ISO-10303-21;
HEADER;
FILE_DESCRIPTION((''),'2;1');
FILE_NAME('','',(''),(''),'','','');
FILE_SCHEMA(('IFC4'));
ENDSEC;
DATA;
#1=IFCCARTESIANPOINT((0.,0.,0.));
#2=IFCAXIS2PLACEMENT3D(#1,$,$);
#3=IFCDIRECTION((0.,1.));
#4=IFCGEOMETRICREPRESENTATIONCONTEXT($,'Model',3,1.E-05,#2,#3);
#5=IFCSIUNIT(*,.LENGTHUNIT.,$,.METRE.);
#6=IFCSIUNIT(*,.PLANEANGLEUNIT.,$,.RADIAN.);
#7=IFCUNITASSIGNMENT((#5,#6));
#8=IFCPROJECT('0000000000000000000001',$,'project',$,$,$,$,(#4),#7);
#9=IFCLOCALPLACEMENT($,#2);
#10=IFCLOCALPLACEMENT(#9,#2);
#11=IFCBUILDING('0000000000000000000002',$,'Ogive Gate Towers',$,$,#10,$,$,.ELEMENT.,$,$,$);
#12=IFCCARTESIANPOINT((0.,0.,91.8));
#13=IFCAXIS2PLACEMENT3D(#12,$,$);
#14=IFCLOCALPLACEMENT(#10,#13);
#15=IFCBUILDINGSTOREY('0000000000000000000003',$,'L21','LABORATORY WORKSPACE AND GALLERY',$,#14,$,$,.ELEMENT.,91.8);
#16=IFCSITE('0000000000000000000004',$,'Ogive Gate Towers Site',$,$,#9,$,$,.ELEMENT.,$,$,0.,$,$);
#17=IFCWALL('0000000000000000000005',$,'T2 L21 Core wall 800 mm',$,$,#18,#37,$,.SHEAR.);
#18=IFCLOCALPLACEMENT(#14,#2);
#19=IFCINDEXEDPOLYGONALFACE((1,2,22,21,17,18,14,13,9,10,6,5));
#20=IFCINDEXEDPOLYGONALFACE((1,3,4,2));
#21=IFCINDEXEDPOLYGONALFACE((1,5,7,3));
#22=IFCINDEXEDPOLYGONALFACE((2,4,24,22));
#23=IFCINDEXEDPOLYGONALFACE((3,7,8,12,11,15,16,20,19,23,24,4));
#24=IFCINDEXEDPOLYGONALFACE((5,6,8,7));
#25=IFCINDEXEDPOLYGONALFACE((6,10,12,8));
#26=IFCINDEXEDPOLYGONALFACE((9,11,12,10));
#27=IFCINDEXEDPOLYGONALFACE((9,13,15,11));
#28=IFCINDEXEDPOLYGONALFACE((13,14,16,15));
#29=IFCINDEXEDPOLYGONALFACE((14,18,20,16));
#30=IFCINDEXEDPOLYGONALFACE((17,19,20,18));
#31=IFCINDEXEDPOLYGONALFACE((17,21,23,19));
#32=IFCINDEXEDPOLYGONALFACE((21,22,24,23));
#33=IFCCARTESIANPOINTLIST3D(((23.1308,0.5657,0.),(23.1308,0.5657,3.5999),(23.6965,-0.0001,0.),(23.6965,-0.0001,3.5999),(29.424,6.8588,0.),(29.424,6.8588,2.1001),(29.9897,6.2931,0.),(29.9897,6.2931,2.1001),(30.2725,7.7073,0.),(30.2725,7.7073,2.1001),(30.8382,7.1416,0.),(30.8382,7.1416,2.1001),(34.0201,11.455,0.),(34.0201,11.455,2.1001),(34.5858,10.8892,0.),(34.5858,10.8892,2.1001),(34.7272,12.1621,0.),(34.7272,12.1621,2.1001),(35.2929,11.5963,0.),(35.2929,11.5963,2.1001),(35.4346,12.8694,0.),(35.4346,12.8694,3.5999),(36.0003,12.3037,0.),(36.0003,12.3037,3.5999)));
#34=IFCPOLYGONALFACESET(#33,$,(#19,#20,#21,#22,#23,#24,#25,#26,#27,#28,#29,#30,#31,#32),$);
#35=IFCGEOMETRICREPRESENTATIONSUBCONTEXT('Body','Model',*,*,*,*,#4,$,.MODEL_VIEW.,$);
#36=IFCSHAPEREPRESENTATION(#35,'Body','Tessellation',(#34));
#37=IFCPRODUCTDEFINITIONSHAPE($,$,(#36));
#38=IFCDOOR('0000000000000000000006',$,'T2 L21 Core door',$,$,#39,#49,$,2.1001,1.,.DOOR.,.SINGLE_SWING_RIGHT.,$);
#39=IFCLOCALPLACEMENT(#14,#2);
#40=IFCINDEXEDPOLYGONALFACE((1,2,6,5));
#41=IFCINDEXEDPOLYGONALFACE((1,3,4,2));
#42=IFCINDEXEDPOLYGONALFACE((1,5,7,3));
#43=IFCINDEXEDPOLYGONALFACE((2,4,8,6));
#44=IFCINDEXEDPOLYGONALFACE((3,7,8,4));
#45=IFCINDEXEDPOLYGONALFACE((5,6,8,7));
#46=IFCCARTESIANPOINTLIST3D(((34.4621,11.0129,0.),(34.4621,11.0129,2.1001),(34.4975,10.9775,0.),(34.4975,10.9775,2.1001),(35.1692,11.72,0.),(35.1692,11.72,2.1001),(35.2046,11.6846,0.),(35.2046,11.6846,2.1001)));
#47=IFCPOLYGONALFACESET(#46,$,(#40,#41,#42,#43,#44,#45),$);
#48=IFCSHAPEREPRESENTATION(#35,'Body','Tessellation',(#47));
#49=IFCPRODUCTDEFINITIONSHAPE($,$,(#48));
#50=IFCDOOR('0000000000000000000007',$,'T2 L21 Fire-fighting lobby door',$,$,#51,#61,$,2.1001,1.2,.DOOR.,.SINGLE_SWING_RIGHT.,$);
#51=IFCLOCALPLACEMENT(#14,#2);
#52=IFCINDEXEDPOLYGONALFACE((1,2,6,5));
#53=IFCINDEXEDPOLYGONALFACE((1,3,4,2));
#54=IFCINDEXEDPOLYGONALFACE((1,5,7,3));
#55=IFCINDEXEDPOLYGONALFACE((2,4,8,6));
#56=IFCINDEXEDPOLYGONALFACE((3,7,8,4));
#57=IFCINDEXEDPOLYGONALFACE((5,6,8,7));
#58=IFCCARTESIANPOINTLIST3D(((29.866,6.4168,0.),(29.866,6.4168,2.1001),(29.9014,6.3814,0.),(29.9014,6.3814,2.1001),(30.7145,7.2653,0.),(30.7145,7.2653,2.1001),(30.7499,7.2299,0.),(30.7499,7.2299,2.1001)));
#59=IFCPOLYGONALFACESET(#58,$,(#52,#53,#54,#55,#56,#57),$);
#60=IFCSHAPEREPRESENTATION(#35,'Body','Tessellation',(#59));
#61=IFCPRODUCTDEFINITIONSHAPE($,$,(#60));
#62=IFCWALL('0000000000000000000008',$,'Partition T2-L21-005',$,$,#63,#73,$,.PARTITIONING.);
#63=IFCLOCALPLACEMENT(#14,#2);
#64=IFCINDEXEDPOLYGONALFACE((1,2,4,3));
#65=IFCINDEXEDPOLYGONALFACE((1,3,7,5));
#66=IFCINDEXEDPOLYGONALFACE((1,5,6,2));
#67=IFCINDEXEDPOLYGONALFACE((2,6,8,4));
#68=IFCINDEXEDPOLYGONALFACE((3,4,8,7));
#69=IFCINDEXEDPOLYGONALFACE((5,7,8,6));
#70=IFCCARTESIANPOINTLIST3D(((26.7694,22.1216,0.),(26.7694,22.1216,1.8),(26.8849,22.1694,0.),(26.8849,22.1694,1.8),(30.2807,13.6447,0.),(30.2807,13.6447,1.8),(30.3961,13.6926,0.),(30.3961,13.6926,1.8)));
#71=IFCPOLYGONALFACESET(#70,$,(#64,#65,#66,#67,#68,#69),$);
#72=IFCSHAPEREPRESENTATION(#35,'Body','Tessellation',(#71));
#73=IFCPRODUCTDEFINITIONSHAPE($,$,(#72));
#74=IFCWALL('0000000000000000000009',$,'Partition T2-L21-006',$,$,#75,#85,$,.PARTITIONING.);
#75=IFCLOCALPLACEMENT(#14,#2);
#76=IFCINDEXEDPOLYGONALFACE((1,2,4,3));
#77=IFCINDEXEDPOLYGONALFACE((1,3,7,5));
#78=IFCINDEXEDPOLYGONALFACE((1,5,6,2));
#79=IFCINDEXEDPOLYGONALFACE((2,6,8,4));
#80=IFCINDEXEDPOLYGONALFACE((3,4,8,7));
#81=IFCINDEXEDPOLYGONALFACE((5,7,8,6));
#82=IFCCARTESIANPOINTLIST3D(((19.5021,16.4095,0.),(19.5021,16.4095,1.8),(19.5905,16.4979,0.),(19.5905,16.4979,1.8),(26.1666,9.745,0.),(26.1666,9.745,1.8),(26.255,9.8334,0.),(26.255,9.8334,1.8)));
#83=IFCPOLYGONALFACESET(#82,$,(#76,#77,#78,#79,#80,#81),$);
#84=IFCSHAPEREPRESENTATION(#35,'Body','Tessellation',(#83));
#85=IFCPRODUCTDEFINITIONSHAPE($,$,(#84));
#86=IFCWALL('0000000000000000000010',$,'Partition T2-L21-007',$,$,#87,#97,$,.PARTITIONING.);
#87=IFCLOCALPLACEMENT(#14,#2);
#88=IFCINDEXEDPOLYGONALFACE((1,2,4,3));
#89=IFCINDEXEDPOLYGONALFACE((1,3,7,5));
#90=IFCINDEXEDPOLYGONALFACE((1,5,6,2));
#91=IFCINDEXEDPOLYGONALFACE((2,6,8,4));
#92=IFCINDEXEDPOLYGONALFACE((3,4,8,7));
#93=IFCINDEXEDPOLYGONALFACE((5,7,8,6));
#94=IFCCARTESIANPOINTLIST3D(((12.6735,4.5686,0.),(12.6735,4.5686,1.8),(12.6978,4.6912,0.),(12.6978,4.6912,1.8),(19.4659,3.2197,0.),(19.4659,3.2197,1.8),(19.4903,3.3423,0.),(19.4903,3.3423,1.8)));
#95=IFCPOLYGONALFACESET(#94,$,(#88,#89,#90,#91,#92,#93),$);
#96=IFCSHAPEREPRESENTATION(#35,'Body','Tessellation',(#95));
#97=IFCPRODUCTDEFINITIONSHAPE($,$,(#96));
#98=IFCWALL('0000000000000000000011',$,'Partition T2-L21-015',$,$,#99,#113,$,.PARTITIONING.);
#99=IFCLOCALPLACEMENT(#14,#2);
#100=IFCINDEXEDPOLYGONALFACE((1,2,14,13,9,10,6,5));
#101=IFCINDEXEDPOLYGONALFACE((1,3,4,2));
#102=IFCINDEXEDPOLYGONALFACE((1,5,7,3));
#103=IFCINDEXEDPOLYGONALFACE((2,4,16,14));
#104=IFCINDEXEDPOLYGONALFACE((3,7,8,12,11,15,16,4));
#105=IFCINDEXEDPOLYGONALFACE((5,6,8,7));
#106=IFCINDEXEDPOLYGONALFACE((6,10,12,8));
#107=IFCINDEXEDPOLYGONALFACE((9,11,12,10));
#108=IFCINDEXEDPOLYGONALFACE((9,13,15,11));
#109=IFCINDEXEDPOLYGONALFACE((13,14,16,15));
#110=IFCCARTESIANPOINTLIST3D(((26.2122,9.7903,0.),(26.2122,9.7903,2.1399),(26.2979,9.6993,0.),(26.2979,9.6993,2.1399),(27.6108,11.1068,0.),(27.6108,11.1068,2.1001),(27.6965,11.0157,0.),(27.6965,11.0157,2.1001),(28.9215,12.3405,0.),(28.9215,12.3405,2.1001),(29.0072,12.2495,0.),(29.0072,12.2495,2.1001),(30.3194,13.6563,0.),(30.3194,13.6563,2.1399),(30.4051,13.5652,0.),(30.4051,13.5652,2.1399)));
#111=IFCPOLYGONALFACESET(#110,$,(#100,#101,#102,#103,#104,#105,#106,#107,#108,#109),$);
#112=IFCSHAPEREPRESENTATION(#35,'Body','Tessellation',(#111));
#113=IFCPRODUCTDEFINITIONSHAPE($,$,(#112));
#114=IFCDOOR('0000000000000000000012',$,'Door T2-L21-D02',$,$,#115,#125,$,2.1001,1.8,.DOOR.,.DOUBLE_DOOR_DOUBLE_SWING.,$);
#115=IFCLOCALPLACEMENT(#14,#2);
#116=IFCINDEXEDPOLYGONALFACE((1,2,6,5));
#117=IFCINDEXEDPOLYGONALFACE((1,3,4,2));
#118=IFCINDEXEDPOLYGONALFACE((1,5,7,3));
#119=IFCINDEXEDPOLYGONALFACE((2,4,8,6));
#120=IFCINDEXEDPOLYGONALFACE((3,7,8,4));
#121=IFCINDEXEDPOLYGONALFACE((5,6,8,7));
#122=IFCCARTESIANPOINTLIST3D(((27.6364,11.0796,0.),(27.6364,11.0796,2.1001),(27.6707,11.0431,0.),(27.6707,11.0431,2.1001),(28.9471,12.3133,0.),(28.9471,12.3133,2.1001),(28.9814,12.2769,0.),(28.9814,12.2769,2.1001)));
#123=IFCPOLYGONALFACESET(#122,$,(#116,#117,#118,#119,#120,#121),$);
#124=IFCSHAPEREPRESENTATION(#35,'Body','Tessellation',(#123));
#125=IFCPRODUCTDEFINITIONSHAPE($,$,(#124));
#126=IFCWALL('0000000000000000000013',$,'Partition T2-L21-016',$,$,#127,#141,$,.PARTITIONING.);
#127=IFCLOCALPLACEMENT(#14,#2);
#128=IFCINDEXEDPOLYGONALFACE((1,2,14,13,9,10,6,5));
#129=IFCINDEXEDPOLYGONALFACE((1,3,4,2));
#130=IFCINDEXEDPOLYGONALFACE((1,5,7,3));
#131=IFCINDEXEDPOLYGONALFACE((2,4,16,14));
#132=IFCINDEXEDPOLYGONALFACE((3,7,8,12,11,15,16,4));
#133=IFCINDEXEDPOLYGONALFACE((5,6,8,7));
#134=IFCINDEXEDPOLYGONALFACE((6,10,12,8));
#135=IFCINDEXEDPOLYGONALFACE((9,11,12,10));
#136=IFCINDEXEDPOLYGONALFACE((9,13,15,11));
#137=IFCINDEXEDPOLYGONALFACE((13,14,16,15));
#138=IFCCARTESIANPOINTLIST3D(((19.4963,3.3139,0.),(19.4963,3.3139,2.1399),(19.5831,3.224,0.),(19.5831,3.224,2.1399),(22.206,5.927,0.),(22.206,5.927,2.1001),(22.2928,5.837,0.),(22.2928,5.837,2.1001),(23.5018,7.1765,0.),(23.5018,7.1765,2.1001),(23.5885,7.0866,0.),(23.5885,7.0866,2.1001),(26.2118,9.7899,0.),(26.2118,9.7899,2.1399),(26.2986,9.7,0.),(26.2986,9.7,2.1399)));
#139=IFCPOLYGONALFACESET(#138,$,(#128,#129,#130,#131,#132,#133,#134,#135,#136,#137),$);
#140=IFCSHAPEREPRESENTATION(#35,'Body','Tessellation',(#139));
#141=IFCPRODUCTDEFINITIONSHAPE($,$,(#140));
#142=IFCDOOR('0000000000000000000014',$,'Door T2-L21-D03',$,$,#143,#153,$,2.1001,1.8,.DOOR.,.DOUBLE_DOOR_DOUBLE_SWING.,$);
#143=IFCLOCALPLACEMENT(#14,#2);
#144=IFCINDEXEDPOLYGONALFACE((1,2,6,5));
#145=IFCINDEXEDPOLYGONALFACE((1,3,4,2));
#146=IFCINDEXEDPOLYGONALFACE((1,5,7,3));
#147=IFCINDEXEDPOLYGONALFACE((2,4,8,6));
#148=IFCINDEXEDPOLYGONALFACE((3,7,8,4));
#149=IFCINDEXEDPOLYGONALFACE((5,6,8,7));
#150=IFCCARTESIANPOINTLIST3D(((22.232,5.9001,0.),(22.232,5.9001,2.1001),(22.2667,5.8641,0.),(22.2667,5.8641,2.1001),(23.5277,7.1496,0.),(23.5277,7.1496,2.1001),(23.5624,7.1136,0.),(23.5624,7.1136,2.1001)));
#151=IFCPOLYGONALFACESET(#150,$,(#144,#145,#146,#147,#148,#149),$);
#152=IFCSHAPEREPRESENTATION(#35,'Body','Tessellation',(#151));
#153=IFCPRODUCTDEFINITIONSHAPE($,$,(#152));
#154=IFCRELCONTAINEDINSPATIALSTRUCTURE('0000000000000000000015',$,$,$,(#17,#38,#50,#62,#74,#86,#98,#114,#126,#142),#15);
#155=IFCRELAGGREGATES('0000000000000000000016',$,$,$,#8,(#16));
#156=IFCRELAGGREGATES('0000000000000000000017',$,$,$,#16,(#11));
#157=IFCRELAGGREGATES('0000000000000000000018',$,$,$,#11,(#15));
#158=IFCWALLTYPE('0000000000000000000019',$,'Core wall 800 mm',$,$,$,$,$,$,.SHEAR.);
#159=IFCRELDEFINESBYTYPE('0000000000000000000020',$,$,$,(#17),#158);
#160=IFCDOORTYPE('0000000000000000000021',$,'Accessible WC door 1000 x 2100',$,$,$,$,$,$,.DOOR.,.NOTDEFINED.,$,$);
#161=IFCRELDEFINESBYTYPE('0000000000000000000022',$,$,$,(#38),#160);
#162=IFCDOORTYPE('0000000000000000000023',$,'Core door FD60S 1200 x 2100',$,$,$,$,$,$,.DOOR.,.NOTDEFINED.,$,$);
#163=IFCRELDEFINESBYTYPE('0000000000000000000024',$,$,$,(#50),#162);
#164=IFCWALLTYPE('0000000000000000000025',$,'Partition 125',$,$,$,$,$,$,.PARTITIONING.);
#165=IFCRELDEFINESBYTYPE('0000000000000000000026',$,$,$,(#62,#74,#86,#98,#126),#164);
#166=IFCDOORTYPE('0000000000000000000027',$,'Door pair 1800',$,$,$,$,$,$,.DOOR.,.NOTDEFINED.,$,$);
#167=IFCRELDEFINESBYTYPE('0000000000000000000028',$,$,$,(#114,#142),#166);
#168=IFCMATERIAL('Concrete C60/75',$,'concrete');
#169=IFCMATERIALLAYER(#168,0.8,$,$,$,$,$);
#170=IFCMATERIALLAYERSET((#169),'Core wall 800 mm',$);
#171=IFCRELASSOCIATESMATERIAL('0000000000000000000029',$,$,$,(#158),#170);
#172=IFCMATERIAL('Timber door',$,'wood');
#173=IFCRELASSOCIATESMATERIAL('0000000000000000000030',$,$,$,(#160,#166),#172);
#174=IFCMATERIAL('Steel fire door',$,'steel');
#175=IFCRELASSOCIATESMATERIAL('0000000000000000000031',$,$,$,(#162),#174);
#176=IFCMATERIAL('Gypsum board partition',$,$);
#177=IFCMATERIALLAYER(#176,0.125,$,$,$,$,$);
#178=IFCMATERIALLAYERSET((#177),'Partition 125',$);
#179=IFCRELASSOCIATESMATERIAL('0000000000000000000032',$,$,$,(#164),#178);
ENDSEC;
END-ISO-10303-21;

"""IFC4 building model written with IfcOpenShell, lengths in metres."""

from ifc_helpers import new_model, si_unit, direction, frame, frame_2d, origin, place, context, subcontext, project, spatial, rectangle, extrude, material, layer, layer_set, type_object, element, fill, save


model = new_model("IFC4")

# Units and contexts
model_context = context("Model", 3, precision=1e-05, world=origin(), true_north=direction((0.0, 1.0)))
body_context = subcontext(model_context, "Body", "Model", "MODEL_VIEW")
ifc_project = project(units=[si_unit("LENGTHUNIT", "METRE"), si_unit("PLANEANGLEUNIT", "RADIAN")], contexts=[model_context])

# Site, building, storey
site_placement = place(None, origin())
site = spatial("IfcSite", under=ifc_project, at=site_placement, Name="Ogive Gate Towers Site", CompositionType="ELEMENT", RefElevation=0.0)
building_placement = place(site_placement, origin())
building = spatial("IfcBuilding", under=site, at=building_placement, Name="Ogive Gate Towers", CompositionType="ELEMENT")
storey_placement = place(building_placement, frame((0.0, 0.0, 91.8)))
storey = spatial("IfcBuildingStorey", under=building, at=storey_placement, Name="L21", Description="LABORATORY WORKSPACE AND GALLERY", CompositionType="ELEMENT", Elevation=91.8)

# Wall, openings, doors
ifc_material_1 = material(Name="Concrete C60/75", Category="concrete")
ifc_layer_1 = layer(ifc_material_1, 0.8)
ifc_layer_set_1 = layer_set([ifc_layer_1], Name="Core wall 800 mm")
wall_type_1 = type_object("IfcWallType", Name="Core wall 800 mm", PredefinedType="SHEAR", material=ifc_layer_set_1)
wall_1_placement = place(storey_placement, frame((23.4136, 0.2827, 0.0), z_axis=(0.0, 0.0, 1.0), x_axis=(0.707107, 0.707107, 0.0)))
wall_1 = element("IfcWall", 1, at=wall_1_placement, inside=storey, type_object=wall_type_1, Name="T2 L21 Core wall 800 mm", PredefinedType="SHEAR", context=body_context, shape_type="SweptSolid", body=[
    extrude(rectangle(XDim=17.4001, YDim=0.8, at=frame_2d((8.7002, 0.0))), origin(), (0.0, 0.0, 1.0), 3.5999),
])
opening_1_placement = place(wall_1_placement, frame((8.8999, 0.0, 0.0)))
opening_1 = element("IfcOpeningElement", 2, at=opening_1_placement, cuts=wall_1, PredefinedType="OPENING", context=body_context, shape_type="SweptSolid", body=[
    extrude(rectangle(XDim=1.2, YDim=2.1001, at=frame_2d((0.6001, 1.05))), frame((0.0, 0.4102, 0.0), z_axis=(0.0, -1.0, 0.0), x_axis=(1.0, 0.0, 0.0)), (0.0, 0.0, 1.0), 0.8201),
])
opening_2_placement = place(wall_1_placement, frame((15.3999, 0.0, 0.0)))
opening_2 = element("IfcOpeningElement", 3, at=opening_2_placement, cuts=wall_1, PredefinedType="OPENING", context=body_context, shape_type="SweptSolid", body=[
    extrude(rectangle(XDim=1.0, YDim=2.1001, at=frame_2d((0.5, 1.05))), frame((0.0, 0.4102, 0.0), z_axis=(0.0, -1.0, 0.0), x_axis=(1.0, 0.0, 0.0)), (0.0, 0.0, 1.0), 0.8201),
])
ifc_material_2 = material(Name="Timber door", Category="wood")
door_type_1 = type_object("IfcDoorType", Name="Accessible WC door 1000 x 2100", OperationType="NOTDEFINED", PredefinedType="DOOR", material=ifc_material_2)
door_1_placement = place(opening_2_placement, origin())
door_1 = element("IfcDoor", 4, at=door_1_placement, inside=storey, type_object=door_type_1, Name="T2 L21 Core door", OperationType="SINGLE_SWING_RIGHT", OverallHeight=2.1001, OverallWidth=1.0, PredefinedType="DOOR", context=body_context, shape_type="SweptSolid", body=[
    extrude(rectangle(XDim=1.0, YDim=2.1001, at=frame_2d((0.5, 1.05))), frame((0.0, -0.2251, 0.0), z_axis=(0.0, -1.0, 0.0), x_axis=(1.0, 0.0, 0.0)), (0.0, 0.0, 1.0), 0.05),
])
fill(opening_2, door_1)
ifc_material_3 = material(Name="Steel fire door", Category="steel")
door_type_2 = type_object("IfcDoorType", Name="Core door FD60S 1200 x 2100", OperationType="NOTDEFINED", PredefinedType="DOOR", material=ifc_material_3)
door_2_placement = place(opening_1_placement, origin())
door_2 = element("IfcDoor", 5, at=door_2_placement, inside=storey, type_object=door_type_2, Name="T2 L21 Fire-fighting lobby door", OperationType="SINGLE_SWING_RIGHT", OverallHeight=2.1001, OverallWidth=1.2, PredefinedType="DOOR", context=body_context, shape_type="SweptSolid", body=[
    extrude(rectangle(XDim=1.2, YDim=2.1001, at=frame_2d((0.6001, 1.05))), frame((0.0, -0.2251, 0.0), z_axis=(0.0, -1.0, 0.0), x_axis=(1.0, 0.0, 0.0)), (0.0, 0.0, 1.0), 0.05),
])
fill(opening_1, door_2)

# Walls
ifc_material_4 = material(Name="Gypsum board partition")
ifc_layer_2 = layer(ifc_material_4, 0.125)
ifc_layer_set_2 = layer_set([ifc_layer_2], Name="Partition 125")
wall_type_2 = type_object("IfcWallType", Name="Partition 125", PredefinedType="PARTITIONING", material=ifc_layer_set_2)
wall_2_placement = place(storey_placement, frame((26.8271, 22.1455, 0.0), z_axis=(0.0, 0.0, 1.0), x_axis=(0.382685, -0.923879, 0.0)))
element("IfcWall", 6, at=wall_2_placement, inside=storey, type_object=wall_type_2, Name="Partition T2-L21-005", PredefinedType="PARTITIONING", context=body_context, shape_type="SweptSolid", body=[
    extrude(rectangle(XDim=9.1753, YDim=0.125, at=frame_2d((4.5876, 0.0))), origin(), (0.0, 0.0, 1.0), 1.8),
])
wall_3_placement = place(storey_placement, frame((19.5464, 16.4536, 0.0), z_axis=(0.0, 0.0, 1.0), x_axis=(0.707107, -0.707107, 0.0)))
element("IfcWall", 7, at=wall_3_placement, inside=storey, type_object=wall_type_2, Name="Partition T2-L21-006", PredefinedType="PARTITIONING", context=body_context, shape_type="SweptSolid", body=[
    extrude(rectangle(XDim=9.425, YDim=0.125, at=frame_2d((4.7124, 0.0))), origin(), (0.0, 0.0, 1.0), 1.8),
])
wall_4_placement = place(storey_placement, frame((12.6858, 4.6299, 0.0), z_axis=(0.0, 0.0, 1.0), x_axis=(0.980847, -0.19478, 0.0)))
element("IfcWall", 8, at=wall_4_placement, inside=storey, type_object=wall_type_2, Name="Partition T2-L21-007", PredefinedType="PARTITIONING", context=body_context, shape_type="SweptSolid", body=[
    extrude(rectangle(XDim=6.925, YDim=0.125, at=frame_2d((3.4624, 0.0))), origin(), (0.0, 0.0, 1.0), 1.8),
])

# Walls, openings, doors
wall_5_placement = place(storey_placement, frame((30.3623, 13.6108, 0.0), z_axis=(0.0, 0.0, 1.0), x_axis=(-0.728166, -0.685401, 0.0)))
wall_5 = element("IfcWall", 9, at=wall_5_placement, inside=storey, type_object=wall_type_2, Name="Partition T2-L21-015", PredefinedType="PARTITIONING", context=body_context, shape_type="SweptSolid", body=[
    extrude(rectangle(XDim=5.6404, YDim=0.125, at=frame_2d((2.8203, 0.0))), origin(), (0.0, 0.0, 1.0), 2.1399),
])
opening_3_placement = place(wall_5_placement, frame((1.9199, 0.0, 0.0)))
opening_3 = element("IfcOpeningElement", 10, at=opening_3_placement, cuts=wall_5, PredefinedType="OPENING", context=body_context, shape_type="SweptSolid", body=[
    extrude(rectangle(XDim=1.8, YDim=2.1001, at=frame_2d((0.8999, 1.05))), frame((0.0, 0.0725, 0.0), z_axis=(0.0, -1.0, 0.0), x_axis=(1.0, 0.0, 0.0)), (0.0, 0.0, 1.0), 0.145),
])
door_type_3 = type_object("IfcDoorType", Name="Door pair 1800", OperationType="NOTDEFINED", PredefinedType="DOOR", material=ifc_material_2)
door_3_placement = place(opening_3_placement, origin())
door_3 = element("IfcDoor", 11, at=door_3_placement, inside=storey, type_object=door_type_3, Name="Door T2-L21-D02", OperationType="DOUBLE_DOOR_DOUBLE_SWING", OverallHeight=2.1001, OverallWidth=1.8, PredefinedType="DOOR", context=body_context, shape_type="SweptSolid", body=[
    extrude(rectangle(XDim=1.8, YDim=2.1001, at=frame_2d((0.8999, 1.05))), frame((0.0, 0.0249, 0.0), z_axis=(0.0, -1.0, 0.0), x_axis=(1.0, 0.0, 0.0)), (0.0, 0.0, 1.0), 0.05),
])
fill(opening_3, door_3)
wall_6_placement = place(storey_placement, frame((26.2551, 9.7449, 0.0), z_axis=(0.0, 0.0, 1.0), x_axis=(-0.719826, -0.694154, 0.0)))
wall_6 = element("IfcWall", 12, at=wall_6_placement, inside=storey, type_object=wall_type_2, Name="Partition T2-L21-016", PredefinedType="PARTITIONING", context=body_context, shape_type="SweptSolid", body=[
    extrude(rectangle(XDim=9.3293, YDim=0.125, at=frame_2d((4.6646, 0.0))), origin(), (0.0, 0.0, 1.0), 2.1399),
])
opening_4_placement = place(wall_6_placement, frame((3.7649, 0.0, 0.0)))
opening_4 = element("IfcOpeningElement", 13, at=opening_4_placement, cuts=wall_6, PredefinedType="OPENING", context=body_context, shape_type="SweptSolid", body=[
    extrude(rectangle(XDim=1.8, YDim=2.1001, at=frame_2d((0.8999, 1.05))), frame((0.0, 0.0725, 0.0), z_axis=(0.0, -1.0, 0.0), x_axis=(1.0, 0.0, 0.0)), (0.0, 0.0, 1.0), 0.145),
])
door_4_placement = place(opening_4_placement, origin())
door_4 = element("IfcDoor", 14, at=door_4_placement, inside=storey, type_object=door_type_3, Name="Door T2-L21-D03", OperationType="DOUBLE_DOOR_DOUBLE_SWING", OverallHeight=2.1001, OverallWidth=1.8, PredefinedType="DOOR", context=body_context, shape_type="SweptSolid", body=[
    extrude(rectangle(XDim=1.8, YDim=2.1001, at=frame_2d((0.8999, 1.05))), frame((0.0, 0.0249, 0.0), z_axis=(0.0, -1.0, 0.0), x_axis=(1.0, 0.0, 0.0)), (0.0, 0.0, 1.0), 0.05),
])
fill(opening_4, door_4)

save(model, "model.ifc")
